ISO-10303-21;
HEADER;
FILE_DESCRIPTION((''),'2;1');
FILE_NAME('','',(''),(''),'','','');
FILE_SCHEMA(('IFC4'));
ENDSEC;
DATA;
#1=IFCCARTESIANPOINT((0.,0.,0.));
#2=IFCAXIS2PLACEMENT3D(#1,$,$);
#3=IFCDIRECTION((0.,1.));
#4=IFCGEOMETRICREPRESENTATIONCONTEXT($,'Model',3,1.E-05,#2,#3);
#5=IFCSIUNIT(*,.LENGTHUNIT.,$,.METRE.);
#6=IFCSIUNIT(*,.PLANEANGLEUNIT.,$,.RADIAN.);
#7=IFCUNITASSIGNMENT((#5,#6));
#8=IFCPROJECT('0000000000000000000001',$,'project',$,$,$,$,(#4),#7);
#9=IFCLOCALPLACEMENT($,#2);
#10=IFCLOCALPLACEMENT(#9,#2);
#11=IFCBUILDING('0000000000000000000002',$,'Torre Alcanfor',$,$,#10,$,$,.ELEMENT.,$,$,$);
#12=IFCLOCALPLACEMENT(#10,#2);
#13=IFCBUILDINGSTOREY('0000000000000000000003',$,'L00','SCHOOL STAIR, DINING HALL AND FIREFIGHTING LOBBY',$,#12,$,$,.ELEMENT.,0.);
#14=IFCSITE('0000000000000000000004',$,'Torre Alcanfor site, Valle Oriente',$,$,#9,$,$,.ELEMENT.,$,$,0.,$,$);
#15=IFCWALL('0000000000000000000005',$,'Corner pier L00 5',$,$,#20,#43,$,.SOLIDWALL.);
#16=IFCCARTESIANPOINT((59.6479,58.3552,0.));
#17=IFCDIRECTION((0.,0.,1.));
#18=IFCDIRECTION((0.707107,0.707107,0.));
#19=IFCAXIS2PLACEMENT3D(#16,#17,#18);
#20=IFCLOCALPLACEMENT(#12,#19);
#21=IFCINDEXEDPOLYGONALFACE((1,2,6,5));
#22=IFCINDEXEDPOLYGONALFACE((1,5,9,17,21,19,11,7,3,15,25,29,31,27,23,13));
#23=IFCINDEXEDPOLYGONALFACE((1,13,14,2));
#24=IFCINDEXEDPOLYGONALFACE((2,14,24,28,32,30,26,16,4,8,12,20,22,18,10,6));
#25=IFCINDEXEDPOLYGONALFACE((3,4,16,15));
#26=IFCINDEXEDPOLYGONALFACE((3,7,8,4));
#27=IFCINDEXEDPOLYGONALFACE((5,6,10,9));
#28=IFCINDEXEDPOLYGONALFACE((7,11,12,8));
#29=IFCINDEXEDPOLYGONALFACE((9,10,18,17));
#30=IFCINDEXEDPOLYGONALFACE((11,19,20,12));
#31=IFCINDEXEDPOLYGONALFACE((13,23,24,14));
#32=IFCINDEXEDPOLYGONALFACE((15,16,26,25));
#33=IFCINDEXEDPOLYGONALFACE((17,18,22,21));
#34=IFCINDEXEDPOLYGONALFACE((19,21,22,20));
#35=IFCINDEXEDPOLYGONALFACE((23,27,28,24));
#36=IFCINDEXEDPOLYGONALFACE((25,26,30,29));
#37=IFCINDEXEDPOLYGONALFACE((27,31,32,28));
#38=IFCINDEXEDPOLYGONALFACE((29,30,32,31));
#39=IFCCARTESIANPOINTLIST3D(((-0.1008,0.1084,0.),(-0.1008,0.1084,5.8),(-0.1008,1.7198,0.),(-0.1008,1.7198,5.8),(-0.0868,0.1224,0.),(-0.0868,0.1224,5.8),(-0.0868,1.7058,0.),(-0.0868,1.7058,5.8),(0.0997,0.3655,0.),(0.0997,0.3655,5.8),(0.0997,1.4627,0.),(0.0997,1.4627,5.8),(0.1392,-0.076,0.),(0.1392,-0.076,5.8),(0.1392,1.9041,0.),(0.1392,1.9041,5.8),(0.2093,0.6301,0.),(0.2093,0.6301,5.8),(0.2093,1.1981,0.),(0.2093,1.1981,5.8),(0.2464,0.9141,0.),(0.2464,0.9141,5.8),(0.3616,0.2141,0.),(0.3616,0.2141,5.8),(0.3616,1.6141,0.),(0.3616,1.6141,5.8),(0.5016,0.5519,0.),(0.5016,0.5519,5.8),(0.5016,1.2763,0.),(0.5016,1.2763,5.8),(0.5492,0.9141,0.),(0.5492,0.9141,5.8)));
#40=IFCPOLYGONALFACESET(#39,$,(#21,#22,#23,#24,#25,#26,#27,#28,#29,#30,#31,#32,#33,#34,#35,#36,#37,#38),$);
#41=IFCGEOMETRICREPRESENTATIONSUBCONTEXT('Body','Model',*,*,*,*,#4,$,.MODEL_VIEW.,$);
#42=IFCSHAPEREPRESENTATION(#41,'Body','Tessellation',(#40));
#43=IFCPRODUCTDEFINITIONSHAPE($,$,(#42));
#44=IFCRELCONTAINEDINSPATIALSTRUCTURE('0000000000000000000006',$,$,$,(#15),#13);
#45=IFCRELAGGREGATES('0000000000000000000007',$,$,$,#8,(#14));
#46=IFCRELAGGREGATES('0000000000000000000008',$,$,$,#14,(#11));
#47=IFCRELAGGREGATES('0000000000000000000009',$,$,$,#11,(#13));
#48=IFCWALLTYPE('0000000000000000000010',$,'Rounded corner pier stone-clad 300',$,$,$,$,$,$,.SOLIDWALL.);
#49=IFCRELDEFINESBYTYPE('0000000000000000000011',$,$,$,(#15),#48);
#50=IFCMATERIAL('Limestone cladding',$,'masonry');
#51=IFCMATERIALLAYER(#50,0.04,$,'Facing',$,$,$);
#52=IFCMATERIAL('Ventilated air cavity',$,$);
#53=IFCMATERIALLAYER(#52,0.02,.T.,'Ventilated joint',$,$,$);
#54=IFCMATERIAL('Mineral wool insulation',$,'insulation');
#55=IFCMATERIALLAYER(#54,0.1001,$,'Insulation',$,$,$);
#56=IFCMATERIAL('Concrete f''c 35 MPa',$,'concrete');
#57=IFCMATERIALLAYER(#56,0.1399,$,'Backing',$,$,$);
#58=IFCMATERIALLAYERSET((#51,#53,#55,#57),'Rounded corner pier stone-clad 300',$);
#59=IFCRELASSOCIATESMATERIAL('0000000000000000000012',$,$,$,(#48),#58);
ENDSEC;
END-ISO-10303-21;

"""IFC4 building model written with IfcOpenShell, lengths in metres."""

from ifc_helpers import new_model, si_unit, direction, frame, origin, place, context, subcontext, project, spatial, polyline, outline, extrude, material, layer, layer_set, type_object, element, save


model = new_model("IFC4")

# Units and contexts
model_context = context("Model", 3, precision=1e-05, world=origin(), true_north=direction((0.0, 1.0)))
body_context = subcontext(model_context, "Body", "Model", "MODEL_VIEW")
ifc_project = project(units=[si_unit("LENGTHUNIT", "METRE"), si_unit("PLANEANGLEUNIT", "RADIAN")], contexts=[model_context])

# Site, building, storey
site_placement = place(None, origin())
site = spatial("IfcSite", under=ifc_project, at=site_placement, Name="Torre Alcanfor site, Valle Oriente", CompositionType="ELEMENT", RefElevation=0.0)
building_placement = place(site_placement, origin())
building = spatial("IfcBuilding", under=site, at=building_placement, Name="Torre Alcanfor", CompositionType="ELEMENT")
storey_placement = place(building_placement, origin())
storey = spatial("IfcBuildingStorey", under=building, at=storey_placement, Name="L00", Description="SCHOOL STAIR, DINING HALL AND FIREFIGHTING LOBBY", CompositionType="ELEMENT", Elevation=0.0)

# Wall
ifc_material_1 = material(Name="Limestone cladding", Category="masonry")
ifc_layer_1 = layer(ifc_material_1, 0.04, Name="Facing")
ifc_material_2 = material(Name="Ventilated air cavity")
ifc_layer_2 = layer(ifc_material_2, 0.02, ventilated=True, Name="Ventilated joint")
ifc_material_3 = material(Name="Mineral wool insulation", Category="insulation")
ifc_layer_3 = layer(ifc_material_3, 0.1001, Name="Insulation")
ifc_material_4 = material(Name="Concrete f'c 35 MPa", Category="concrete")
ifc_layer_4 = layer(ifc_material_4, 0.1399, Name="Backing")
ifc_layer_set_1 = layer_set([ifc_layer_1, ifc_layer_2, ifc_layer_3, ifc_layer_4], Name="Rounded corner pier stone-clad 300")
wall_type_1 = type_object("IfcWallType", Name="Rounded corner pier stone-clad 300", PredefinedType="SOLIDWALL", material=ifc_layer_set_1)
wall_1_placement = place(storey_placement, frame((59.6479, 58.3552, 0.0), z_axis=(0.0, 0.0, 1.0), x_axis=(0.707107, 0.707107, 0.0)))
element("IfcWall", 1, at=wall_1_placement, inside=storey, type_object=wall_type_1, Name="Corner pier L00 5", PredefinedType="SOLIDWALL", context=body_context, shape_type="SweptSolid", body=[
    extrude(outline(polyline([(0.1392, 1.9041), (-0.1008, 1.7198), (-0.0868, 1.7058), (0.0997, 1.4627), (0.2093, 1.1981), (0.2464, 0.9141), (0.2093, 0.6301), (0.0997, 0.3655), (-0.0868, 0.1224), (-0.1008, 0.1084), (0.1392, -0.076), (0.3616, 0.2141), (0.5016, 0.5519), (0.5492, 0.9141), (0.5016, 1.2763), (0.3616, 1.6141), (0.1392, 1.9041)])), origin(), (0.0, 0.0, 1.0), 5.8),
])

save(model, "model.ifc")
